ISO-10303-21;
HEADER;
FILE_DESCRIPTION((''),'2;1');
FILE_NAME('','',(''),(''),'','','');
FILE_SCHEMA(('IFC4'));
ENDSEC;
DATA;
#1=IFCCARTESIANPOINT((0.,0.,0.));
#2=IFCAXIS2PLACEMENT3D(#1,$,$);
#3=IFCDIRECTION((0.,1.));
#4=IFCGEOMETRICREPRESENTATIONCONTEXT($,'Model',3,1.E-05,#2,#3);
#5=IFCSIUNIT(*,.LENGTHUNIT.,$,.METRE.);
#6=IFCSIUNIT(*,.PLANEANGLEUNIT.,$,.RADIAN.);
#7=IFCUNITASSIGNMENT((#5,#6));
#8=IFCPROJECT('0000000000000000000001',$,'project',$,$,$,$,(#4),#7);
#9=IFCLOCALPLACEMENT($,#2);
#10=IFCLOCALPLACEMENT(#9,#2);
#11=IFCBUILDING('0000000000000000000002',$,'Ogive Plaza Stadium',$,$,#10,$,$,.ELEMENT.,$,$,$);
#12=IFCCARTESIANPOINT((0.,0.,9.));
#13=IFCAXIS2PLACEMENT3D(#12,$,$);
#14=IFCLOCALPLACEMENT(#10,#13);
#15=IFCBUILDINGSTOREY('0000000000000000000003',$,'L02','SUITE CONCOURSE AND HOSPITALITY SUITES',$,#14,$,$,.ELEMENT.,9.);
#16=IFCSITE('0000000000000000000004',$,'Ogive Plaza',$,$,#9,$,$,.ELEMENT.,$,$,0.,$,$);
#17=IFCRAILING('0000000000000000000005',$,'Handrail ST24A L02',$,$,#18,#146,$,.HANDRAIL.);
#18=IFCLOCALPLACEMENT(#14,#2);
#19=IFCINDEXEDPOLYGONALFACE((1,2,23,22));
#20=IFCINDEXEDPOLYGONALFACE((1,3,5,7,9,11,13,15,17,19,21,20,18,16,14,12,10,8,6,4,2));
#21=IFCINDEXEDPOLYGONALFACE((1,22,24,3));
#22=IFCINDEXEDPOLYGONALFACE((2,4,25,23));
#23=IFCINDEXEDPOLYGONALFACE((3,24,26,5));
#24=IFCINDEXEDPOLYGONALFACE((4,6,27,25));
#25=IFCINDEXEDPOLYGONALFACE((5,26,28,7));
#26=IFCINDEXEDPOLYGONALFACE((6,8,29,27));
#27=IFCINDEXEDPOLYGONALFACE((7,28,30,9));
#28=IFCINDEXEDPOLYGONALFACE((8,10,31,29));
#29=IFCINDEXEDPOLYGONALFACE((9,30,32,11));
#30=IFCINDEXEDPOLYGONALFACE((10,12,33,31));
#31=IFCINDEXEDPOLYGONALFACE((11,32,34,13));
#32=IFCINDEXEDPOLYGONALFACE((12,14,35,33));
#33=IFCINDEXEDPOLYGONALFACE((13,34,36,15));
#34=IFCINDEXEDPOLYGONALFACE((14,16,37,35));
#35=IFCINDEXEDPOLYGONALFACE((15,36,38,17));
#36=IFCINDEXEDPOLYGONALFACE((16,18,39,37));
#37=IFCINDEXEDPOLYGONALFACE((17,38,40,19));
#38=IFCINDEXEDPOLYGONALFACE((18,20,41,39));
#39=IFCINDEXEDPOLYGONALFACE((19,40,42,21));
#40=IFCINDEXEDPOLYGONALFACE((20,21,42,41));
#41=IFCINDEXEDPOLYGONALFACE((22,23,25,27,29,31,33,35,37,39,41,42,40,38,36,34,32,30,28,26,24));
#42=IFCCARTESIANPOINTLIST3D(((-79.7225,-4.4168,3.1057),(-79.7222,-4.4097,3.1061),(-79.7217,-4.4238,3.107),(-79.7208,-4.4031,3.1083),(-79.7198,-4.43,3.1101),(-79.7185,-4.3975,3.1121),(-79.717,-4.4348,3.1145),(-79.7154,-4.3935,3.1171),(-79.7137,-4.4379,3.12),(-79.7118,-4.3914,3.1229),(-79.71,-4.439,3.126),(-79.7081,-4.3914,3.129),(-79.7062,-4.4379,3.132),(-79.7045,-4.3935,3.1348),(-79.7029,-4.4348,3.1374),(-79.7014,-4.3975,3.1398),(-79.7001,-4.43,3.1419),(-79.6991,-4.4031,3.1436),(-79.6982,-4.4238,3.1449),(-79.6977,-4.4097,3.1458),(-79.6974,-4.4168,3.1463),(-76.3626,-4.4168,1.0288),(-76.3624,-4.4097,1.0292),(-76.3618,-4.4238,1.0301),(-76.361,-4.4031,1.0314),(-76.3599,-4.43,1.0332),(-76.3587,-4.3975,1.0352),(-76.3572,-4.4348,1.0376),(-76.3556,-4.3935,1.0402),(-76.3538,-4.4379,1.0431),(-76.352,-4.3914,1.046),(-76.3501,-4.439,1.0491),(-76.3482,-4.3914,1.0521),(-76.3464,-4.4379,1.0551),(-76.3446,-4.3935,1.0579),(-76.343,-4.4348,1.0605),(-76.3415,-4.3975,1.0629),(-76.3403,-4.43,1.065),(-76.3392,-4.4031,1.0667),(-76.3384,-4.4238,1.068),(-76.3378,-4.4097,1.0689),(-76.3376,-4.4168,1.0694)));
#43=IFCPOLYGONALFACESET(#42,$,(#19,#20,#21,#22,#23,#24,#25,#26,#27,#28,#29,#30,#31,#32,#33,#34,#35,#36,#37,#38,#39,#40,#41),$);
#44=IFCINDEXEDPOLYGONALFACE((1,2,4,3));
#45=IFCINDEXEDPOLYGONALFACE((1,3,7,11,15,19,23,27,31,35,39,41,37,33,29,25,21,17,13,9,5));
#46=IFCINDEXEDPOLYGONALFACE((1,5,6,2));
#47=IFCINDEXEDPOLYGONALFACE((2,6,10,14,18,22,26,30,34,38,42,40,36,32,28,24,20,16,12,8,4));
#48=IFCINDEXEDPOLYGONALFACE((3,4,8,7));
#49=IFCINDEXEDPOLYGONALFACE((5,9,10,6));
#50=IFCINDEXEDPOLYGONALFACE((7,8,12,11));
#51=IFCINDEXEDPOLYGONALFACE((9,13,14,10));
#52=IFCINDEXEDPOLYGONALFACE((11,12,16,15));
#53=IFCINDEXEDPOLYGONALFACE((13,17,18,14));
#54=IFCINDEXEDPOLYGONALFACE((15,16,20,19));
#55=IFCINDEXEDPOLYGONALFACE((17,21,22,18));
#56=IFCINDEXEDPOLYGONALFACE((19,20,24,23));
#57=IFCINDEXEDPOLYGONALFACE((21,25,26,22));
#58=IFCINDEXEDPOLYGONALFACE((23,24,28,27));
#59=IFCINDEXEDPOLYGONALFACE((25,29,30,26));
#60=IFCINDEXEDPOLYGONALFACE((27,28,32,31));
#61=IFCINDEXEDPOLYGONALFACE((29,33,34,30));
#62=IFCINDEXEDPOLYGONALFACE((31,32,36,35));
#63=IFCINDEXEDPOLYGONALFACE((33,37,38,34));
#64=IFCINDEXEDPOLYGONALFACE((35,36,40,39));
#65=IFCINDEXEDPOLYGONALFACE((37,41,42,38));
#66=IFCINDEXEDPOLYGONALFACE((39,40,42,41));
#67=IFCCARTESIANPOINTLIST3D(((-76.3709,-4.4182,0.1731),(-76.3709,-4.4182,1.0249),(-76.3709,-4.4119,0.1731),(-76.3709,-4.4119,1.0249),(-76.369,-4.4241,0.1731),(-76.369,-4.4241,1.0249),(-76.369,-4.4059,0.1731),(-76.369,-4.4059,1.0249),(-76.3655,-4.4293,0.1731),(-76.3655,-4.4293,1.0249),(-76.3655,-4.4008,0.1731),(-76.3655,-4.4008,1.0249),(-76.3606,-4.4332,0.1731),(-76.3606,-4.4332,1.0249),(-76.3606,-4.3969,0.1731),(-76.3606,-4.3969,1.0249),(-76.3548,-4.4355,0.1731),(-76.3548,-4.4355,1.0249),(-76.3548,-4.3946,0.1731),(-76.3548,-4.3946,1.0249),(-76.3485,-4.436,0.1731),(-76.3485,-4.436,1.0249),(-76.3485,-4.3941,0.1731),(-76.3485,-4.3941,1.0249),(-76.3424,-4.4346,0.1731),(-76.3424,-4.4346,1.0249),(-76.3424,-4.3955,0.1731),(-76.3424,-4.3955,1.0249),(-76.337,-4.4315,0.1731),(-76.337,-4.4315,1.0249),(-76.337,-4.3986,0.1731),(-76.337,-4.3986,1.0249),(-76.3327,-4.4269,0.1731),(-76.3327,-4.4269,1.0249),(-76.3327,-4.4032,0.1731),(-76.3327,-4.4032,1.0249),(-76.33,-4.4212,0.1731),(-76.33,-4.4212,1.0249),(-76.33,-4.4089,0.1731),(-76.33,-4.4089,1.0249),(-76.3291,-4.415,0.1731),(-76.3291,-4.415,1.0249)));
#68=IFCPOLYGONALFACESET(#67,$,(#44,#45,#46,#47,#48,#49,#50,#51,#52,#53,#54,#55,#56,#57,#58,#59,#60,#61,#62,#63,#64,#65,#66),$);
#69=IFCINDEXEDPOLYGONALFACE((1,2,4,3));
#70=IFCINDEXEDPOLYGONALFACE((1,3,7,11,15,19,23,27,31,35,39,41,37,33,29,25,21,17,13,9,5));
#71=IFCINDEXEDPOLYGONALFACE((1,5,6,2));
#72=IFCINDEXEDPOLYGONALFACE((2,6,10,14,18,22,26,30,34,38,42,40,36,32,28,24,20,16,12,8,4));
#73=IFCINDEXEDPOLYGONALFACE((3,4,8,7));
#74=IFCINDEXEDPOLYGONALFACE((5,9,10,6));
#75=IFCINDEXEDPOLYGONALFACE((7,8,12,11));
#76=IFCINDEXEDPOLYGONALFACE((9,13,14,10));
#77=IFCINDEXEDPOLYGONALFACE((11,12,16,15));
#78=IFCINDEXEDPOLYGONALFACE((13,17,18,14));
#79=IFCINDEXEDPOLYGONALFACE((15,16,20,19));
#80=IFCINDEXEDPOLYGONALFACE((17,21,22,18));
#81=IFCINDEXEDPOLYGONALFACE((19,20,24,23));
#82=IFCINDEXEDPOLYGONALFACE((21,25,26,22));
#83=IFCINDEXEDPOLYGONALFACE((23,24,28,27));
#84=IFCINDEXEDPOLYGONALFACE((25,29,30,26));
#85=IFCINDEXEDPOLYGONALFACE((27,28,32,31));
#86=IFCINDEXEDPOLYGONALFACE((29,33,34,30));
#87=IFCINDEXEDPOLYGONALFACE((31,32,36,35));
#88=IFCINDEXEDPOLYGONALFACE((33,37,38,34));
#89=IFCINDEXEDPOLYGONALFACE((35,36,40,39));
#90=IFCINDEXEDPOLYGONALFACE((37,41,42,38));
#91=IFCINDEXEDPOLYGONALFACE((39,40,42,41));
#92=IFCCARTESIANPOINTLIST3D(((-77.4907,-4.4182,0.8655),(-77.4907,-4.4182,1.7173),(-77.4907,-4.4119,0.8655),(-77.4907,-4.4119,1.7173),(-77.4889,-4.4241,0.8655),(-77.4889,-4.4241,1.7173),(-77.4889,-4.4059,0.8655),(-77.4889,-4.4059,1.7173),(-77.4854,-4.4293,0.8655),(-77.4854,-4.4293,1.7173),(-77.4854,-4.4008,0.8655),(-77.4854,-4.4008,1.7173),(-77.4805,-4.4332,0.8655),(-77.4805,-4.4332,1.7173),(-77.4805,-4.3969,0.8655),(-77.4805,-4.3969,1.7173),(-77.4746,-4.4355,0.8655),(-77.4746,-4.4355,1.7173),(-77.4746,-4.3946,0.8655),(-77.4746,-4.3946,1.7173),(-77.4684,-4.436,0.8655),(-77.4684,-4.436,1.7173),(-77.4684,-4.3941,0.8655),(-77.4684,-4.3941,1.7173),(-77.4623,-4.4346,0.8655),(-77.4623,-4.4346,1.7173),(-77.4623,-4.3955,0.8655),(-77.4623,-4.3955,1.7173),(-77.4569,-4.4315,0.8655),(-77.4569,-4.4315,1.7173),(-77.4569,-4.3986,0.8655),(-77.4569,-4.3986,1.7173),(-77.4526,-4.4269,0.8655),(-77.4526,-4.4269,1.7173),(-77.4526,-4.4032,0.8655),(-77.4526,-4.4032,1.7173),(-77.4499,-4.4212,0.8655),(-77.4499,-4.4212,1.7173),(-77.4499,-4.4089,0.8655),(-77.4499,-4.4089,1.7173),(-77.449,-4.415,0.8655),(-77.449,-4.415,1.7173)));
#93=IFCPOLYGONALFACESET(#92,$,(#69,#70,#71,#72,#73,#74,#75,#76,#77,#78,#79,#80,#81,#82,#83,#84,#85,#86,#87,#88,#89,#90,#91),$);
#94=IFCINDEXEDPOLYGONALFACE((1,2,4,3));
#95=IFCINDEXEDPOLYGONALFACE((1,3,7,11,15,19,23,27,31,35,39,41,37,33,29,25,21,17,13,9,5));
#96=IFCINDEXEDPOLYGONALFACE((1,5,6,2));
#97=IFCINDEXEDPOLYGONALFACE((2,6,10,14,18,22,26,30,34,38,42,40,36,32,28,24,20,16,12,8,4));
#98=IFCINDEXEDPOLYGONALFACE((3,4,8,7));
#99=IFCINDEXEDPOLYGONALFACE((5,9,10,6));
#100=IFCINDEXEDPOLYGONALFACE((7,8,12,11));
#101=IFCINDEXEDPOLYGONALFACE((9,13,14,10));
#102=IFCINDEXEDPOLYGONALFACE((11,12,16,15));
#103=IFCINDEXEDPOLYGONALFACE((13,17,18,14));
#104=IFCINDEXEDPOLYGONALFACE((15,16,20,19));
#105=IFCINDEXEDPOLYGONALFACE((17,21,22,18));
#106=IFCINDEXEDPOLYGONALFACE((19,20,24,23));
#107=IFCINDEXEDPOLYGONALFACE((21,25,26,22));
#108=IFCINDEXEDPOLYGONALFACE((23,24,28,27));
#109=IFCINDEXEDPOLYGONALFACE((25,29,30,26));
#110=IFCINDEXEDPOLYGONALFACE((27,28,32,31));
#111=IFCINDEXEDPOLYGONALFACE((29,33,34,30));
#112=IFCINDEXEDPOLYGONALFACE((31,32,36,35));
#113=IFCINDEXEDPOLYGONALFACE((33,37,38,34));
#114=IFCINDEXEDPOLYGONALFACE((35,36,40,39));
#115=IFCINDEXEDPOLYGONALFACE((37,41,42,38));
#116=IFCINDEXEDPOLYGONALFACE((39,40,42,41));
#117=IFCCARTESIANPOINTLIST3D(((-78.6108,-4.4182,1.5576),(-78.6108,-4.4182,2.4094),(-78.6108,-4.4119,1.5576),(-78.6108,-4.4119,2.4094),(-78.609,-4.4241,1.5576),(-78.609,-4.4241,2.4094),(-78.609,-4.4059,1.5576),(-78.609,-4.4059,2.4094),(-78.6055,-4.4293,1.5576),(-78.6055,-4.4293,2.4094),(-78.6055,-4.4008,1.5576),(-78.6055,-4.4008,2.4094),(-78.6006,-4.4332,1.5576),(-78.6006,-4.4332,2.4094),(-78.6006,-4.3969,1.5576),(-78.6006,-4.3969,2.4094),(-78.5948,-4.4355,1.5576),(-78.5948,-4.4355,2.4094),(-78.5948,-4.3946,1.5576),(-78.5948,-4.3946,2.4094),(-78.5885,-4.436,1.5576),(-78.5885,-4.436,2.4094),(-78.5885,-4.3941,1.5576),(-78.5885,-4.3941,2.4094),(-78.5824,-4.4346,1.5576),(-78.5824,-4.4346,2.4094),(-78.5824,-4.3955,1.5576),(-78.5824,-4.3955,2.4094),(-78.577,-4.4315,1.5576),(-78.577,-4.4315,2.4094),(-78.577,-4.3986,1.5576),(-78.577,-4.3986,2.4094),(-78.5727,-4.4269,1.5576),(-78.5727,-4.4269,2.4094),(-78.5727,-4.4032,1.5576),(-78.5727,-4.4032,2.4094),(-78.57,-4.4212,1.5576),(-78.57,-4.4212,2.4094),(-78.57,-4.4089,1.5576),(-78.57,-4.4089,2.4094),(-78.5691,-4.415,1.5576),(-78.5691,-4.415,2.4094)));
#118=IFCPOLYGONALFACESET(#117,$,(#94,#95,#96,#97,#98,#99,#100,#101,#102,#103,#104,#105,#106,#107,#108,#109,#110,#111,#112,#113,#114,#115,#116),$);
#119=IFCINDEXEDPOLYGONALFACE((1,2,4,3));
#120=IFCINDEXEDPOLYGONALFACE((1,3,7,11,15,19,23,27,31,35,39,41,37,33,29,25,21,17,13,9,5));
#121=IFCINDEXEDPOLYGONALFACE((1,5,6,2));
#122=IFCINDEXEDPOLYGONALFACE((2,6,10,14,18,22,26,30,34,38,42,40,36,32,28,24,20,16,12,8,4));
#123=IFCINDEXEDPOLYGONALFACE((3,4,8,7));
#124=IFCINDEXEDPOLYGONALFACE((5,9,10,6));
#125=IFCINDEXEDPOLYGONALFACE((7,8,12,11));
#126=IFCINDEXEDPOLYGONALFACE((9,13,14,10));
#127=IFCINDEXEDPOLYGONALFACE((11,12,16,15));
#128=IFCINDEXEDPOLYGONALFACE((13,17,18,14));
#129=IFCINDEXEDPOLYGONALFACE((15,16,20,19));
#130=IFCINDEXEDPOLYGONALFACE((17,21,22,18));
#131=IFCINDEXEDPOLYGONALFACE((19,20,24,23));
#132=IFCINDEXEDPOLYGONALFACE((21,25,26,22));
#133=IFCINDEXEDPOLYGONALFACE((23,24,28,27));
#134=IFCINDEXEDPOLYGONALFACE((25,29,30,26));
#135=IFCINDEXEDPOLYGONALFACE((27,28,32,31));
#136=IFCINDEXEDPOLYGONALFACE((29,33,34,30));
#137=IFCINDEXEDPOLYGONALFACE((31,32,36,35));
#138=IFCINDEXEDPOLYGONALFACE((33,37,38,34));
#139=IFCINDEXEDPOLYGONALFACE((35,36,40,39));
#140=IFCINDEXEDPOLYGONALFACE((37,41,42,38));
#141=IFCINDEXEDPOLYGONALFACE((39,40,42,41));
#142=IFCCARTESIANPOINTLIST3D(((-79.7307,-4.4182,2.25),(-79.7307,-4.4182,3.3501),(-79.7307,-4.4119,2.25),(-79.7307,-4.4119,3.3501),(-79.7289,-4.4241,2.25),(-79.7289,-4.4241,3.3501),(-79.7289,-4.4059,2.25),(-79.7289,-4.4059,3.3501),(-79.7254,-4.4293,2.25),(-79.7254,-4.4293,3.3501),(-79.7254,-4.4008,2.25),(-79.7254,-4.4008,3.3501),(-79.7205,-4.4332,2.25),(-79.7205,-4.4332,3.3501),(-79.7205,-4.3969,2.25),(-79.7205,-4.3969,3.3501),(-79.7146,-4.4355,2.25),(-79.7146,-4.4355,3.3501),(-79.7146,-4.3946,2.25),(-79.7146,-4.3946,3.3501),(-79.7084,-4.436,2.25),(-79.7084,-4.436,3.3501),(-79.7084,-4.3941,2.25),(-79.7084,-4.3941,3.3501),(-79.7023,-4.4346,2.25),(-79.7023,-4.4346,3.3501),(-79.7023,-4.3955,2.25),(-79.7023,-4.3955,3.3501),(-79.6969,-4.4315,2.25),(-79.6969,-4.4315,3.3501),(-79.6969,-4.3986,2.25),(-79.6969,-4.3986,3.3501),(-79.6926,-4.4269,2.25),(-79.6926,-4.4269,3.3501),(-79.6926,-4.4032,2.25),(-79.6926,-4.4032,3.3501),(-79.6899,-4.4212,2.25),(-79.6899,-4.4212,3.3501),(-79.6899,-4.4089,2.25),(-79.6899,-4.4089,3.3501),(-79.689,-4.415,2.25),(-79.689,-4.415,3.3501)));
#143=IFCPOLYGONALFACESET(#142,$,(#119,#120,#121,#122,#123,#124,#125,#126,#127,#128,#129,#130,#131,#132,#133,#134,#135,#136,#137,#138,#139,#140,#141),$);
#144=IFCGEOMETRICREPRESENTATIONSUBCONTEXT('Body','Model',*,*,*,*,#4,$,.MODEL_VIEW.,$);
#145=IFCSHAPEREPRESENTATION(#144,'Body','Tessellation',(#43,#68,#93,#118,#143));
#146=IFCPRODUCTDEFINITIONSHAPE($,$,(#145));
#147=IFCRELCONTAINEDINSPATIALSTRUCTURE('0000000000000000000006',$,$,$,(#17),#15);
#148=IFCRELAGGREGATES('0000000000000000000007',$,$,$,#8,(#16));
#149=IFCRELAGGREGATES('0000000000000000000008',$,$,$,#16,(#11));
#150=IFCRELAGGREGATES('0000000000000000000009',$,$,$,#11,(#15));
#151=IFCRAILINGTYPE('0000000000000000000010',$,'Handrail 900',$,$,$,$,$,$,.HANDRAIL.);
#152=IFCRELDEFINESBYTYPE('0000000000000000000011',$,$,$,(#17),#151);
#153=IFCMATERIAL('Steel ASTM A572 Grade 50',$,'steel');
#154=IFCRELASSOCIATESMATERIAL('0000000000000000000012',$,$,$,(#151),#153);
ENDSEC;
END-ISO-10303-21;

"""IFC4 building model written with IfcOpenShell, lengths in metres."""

from ifc_helpers import new_model, si_unit, direction, frame, origin, origin_2d, place, context, subcontext, project, spatial, circle, extrude, material, type_object, element, save


model = new_model("IFC4")

# Units and contexts
model_context = context("Model", 3, precision=1e-05, world=origin(), true_north=direction((0.0, 1.0)))
body_context = subcontext(model_context, "Body", "Model", "MODEL_VIEW")
ifc_project = project(units=[si_unit("LENGTHUNIT", "METRE"), si_unit("PLANEANGLEUNIT", "RADIAN")], contexts=[model_context])

# Site, building, storey
site_placement = place(None, origin())
site = spatial("IfcSite", under=ifc_project, at=site_placement, Name="Ogive Plaza", CompositionType="ELEMENT", RefElevation=0.0)
building_placement = place(site_placement, origin())
building = spatial("IfcBuilding", under=site, at=building_placement, Name="Ogive Plaza Stadium", CompositionType="ELEMENT")
storey_placement = place(building_placement, frame((0.0, 0.0, 9.0)))
storey = spatial("IfcBuildingStorey", under=building, at=storey_placement, Name="L02", Description="SUITE CONCOURSE AND HOSPITALITY SUITES", CompositionType="ELEMENT", Elevation=9.0)

# Railing
ifc_material_1 = material(Name="Steel ASTM A572 Grade 50", Category="steel")
railing_type_1 = type_object("IfcRailingType", Name="Handrail 900", PredefinedType="HANDRAIL", material=ifc_material_1)
for number, where, name in (
    (1, (-76.3501, -4.415, 0.1731), "Handrail ST24A L02"),
):
    element("IfcRailing", number, at=place(storey_placement, frame(where)), inside=storey, type_object=railing_type_1, Name=name, PredefinedType="HANDRAIL", context=body_context, shape_type="SweptSolid", body=[
        extrude(circle(Radius=0.0239, at=origin_2d()), frame((0.0, 0.0, 0.876), z_axis=(-0.850606, 0.0, 0.525803), x_axis=(0.0, -1.0, 0.0)), (0.0, 0.0, 1.0), 3.95),
        extrude(circle(Radius=0.021, at=origin_2d()), origin(), (0.0, 0.0, 1.0), 0.8518),
        extrude(circle(Radius=0.021, at=origin_2d()), frame((-1.1199, 0.0, 0.6924)), (0.0, 0.0, 1.0), 0.8518),
        extrude(circle(Radius=0.021, at=origin_2d()), frame((-2.24, 0.0, 1.3845)), (0.0, 0.0, 1.0), 0.8518),
        extrude(circle(Radius=0.021, at=origin_2d()), frame((-3.3599, 0.0, 2.0769)), (0.0, 0.0, 1.0), 1.1001),
    ])

save(model, "model.ifc")
